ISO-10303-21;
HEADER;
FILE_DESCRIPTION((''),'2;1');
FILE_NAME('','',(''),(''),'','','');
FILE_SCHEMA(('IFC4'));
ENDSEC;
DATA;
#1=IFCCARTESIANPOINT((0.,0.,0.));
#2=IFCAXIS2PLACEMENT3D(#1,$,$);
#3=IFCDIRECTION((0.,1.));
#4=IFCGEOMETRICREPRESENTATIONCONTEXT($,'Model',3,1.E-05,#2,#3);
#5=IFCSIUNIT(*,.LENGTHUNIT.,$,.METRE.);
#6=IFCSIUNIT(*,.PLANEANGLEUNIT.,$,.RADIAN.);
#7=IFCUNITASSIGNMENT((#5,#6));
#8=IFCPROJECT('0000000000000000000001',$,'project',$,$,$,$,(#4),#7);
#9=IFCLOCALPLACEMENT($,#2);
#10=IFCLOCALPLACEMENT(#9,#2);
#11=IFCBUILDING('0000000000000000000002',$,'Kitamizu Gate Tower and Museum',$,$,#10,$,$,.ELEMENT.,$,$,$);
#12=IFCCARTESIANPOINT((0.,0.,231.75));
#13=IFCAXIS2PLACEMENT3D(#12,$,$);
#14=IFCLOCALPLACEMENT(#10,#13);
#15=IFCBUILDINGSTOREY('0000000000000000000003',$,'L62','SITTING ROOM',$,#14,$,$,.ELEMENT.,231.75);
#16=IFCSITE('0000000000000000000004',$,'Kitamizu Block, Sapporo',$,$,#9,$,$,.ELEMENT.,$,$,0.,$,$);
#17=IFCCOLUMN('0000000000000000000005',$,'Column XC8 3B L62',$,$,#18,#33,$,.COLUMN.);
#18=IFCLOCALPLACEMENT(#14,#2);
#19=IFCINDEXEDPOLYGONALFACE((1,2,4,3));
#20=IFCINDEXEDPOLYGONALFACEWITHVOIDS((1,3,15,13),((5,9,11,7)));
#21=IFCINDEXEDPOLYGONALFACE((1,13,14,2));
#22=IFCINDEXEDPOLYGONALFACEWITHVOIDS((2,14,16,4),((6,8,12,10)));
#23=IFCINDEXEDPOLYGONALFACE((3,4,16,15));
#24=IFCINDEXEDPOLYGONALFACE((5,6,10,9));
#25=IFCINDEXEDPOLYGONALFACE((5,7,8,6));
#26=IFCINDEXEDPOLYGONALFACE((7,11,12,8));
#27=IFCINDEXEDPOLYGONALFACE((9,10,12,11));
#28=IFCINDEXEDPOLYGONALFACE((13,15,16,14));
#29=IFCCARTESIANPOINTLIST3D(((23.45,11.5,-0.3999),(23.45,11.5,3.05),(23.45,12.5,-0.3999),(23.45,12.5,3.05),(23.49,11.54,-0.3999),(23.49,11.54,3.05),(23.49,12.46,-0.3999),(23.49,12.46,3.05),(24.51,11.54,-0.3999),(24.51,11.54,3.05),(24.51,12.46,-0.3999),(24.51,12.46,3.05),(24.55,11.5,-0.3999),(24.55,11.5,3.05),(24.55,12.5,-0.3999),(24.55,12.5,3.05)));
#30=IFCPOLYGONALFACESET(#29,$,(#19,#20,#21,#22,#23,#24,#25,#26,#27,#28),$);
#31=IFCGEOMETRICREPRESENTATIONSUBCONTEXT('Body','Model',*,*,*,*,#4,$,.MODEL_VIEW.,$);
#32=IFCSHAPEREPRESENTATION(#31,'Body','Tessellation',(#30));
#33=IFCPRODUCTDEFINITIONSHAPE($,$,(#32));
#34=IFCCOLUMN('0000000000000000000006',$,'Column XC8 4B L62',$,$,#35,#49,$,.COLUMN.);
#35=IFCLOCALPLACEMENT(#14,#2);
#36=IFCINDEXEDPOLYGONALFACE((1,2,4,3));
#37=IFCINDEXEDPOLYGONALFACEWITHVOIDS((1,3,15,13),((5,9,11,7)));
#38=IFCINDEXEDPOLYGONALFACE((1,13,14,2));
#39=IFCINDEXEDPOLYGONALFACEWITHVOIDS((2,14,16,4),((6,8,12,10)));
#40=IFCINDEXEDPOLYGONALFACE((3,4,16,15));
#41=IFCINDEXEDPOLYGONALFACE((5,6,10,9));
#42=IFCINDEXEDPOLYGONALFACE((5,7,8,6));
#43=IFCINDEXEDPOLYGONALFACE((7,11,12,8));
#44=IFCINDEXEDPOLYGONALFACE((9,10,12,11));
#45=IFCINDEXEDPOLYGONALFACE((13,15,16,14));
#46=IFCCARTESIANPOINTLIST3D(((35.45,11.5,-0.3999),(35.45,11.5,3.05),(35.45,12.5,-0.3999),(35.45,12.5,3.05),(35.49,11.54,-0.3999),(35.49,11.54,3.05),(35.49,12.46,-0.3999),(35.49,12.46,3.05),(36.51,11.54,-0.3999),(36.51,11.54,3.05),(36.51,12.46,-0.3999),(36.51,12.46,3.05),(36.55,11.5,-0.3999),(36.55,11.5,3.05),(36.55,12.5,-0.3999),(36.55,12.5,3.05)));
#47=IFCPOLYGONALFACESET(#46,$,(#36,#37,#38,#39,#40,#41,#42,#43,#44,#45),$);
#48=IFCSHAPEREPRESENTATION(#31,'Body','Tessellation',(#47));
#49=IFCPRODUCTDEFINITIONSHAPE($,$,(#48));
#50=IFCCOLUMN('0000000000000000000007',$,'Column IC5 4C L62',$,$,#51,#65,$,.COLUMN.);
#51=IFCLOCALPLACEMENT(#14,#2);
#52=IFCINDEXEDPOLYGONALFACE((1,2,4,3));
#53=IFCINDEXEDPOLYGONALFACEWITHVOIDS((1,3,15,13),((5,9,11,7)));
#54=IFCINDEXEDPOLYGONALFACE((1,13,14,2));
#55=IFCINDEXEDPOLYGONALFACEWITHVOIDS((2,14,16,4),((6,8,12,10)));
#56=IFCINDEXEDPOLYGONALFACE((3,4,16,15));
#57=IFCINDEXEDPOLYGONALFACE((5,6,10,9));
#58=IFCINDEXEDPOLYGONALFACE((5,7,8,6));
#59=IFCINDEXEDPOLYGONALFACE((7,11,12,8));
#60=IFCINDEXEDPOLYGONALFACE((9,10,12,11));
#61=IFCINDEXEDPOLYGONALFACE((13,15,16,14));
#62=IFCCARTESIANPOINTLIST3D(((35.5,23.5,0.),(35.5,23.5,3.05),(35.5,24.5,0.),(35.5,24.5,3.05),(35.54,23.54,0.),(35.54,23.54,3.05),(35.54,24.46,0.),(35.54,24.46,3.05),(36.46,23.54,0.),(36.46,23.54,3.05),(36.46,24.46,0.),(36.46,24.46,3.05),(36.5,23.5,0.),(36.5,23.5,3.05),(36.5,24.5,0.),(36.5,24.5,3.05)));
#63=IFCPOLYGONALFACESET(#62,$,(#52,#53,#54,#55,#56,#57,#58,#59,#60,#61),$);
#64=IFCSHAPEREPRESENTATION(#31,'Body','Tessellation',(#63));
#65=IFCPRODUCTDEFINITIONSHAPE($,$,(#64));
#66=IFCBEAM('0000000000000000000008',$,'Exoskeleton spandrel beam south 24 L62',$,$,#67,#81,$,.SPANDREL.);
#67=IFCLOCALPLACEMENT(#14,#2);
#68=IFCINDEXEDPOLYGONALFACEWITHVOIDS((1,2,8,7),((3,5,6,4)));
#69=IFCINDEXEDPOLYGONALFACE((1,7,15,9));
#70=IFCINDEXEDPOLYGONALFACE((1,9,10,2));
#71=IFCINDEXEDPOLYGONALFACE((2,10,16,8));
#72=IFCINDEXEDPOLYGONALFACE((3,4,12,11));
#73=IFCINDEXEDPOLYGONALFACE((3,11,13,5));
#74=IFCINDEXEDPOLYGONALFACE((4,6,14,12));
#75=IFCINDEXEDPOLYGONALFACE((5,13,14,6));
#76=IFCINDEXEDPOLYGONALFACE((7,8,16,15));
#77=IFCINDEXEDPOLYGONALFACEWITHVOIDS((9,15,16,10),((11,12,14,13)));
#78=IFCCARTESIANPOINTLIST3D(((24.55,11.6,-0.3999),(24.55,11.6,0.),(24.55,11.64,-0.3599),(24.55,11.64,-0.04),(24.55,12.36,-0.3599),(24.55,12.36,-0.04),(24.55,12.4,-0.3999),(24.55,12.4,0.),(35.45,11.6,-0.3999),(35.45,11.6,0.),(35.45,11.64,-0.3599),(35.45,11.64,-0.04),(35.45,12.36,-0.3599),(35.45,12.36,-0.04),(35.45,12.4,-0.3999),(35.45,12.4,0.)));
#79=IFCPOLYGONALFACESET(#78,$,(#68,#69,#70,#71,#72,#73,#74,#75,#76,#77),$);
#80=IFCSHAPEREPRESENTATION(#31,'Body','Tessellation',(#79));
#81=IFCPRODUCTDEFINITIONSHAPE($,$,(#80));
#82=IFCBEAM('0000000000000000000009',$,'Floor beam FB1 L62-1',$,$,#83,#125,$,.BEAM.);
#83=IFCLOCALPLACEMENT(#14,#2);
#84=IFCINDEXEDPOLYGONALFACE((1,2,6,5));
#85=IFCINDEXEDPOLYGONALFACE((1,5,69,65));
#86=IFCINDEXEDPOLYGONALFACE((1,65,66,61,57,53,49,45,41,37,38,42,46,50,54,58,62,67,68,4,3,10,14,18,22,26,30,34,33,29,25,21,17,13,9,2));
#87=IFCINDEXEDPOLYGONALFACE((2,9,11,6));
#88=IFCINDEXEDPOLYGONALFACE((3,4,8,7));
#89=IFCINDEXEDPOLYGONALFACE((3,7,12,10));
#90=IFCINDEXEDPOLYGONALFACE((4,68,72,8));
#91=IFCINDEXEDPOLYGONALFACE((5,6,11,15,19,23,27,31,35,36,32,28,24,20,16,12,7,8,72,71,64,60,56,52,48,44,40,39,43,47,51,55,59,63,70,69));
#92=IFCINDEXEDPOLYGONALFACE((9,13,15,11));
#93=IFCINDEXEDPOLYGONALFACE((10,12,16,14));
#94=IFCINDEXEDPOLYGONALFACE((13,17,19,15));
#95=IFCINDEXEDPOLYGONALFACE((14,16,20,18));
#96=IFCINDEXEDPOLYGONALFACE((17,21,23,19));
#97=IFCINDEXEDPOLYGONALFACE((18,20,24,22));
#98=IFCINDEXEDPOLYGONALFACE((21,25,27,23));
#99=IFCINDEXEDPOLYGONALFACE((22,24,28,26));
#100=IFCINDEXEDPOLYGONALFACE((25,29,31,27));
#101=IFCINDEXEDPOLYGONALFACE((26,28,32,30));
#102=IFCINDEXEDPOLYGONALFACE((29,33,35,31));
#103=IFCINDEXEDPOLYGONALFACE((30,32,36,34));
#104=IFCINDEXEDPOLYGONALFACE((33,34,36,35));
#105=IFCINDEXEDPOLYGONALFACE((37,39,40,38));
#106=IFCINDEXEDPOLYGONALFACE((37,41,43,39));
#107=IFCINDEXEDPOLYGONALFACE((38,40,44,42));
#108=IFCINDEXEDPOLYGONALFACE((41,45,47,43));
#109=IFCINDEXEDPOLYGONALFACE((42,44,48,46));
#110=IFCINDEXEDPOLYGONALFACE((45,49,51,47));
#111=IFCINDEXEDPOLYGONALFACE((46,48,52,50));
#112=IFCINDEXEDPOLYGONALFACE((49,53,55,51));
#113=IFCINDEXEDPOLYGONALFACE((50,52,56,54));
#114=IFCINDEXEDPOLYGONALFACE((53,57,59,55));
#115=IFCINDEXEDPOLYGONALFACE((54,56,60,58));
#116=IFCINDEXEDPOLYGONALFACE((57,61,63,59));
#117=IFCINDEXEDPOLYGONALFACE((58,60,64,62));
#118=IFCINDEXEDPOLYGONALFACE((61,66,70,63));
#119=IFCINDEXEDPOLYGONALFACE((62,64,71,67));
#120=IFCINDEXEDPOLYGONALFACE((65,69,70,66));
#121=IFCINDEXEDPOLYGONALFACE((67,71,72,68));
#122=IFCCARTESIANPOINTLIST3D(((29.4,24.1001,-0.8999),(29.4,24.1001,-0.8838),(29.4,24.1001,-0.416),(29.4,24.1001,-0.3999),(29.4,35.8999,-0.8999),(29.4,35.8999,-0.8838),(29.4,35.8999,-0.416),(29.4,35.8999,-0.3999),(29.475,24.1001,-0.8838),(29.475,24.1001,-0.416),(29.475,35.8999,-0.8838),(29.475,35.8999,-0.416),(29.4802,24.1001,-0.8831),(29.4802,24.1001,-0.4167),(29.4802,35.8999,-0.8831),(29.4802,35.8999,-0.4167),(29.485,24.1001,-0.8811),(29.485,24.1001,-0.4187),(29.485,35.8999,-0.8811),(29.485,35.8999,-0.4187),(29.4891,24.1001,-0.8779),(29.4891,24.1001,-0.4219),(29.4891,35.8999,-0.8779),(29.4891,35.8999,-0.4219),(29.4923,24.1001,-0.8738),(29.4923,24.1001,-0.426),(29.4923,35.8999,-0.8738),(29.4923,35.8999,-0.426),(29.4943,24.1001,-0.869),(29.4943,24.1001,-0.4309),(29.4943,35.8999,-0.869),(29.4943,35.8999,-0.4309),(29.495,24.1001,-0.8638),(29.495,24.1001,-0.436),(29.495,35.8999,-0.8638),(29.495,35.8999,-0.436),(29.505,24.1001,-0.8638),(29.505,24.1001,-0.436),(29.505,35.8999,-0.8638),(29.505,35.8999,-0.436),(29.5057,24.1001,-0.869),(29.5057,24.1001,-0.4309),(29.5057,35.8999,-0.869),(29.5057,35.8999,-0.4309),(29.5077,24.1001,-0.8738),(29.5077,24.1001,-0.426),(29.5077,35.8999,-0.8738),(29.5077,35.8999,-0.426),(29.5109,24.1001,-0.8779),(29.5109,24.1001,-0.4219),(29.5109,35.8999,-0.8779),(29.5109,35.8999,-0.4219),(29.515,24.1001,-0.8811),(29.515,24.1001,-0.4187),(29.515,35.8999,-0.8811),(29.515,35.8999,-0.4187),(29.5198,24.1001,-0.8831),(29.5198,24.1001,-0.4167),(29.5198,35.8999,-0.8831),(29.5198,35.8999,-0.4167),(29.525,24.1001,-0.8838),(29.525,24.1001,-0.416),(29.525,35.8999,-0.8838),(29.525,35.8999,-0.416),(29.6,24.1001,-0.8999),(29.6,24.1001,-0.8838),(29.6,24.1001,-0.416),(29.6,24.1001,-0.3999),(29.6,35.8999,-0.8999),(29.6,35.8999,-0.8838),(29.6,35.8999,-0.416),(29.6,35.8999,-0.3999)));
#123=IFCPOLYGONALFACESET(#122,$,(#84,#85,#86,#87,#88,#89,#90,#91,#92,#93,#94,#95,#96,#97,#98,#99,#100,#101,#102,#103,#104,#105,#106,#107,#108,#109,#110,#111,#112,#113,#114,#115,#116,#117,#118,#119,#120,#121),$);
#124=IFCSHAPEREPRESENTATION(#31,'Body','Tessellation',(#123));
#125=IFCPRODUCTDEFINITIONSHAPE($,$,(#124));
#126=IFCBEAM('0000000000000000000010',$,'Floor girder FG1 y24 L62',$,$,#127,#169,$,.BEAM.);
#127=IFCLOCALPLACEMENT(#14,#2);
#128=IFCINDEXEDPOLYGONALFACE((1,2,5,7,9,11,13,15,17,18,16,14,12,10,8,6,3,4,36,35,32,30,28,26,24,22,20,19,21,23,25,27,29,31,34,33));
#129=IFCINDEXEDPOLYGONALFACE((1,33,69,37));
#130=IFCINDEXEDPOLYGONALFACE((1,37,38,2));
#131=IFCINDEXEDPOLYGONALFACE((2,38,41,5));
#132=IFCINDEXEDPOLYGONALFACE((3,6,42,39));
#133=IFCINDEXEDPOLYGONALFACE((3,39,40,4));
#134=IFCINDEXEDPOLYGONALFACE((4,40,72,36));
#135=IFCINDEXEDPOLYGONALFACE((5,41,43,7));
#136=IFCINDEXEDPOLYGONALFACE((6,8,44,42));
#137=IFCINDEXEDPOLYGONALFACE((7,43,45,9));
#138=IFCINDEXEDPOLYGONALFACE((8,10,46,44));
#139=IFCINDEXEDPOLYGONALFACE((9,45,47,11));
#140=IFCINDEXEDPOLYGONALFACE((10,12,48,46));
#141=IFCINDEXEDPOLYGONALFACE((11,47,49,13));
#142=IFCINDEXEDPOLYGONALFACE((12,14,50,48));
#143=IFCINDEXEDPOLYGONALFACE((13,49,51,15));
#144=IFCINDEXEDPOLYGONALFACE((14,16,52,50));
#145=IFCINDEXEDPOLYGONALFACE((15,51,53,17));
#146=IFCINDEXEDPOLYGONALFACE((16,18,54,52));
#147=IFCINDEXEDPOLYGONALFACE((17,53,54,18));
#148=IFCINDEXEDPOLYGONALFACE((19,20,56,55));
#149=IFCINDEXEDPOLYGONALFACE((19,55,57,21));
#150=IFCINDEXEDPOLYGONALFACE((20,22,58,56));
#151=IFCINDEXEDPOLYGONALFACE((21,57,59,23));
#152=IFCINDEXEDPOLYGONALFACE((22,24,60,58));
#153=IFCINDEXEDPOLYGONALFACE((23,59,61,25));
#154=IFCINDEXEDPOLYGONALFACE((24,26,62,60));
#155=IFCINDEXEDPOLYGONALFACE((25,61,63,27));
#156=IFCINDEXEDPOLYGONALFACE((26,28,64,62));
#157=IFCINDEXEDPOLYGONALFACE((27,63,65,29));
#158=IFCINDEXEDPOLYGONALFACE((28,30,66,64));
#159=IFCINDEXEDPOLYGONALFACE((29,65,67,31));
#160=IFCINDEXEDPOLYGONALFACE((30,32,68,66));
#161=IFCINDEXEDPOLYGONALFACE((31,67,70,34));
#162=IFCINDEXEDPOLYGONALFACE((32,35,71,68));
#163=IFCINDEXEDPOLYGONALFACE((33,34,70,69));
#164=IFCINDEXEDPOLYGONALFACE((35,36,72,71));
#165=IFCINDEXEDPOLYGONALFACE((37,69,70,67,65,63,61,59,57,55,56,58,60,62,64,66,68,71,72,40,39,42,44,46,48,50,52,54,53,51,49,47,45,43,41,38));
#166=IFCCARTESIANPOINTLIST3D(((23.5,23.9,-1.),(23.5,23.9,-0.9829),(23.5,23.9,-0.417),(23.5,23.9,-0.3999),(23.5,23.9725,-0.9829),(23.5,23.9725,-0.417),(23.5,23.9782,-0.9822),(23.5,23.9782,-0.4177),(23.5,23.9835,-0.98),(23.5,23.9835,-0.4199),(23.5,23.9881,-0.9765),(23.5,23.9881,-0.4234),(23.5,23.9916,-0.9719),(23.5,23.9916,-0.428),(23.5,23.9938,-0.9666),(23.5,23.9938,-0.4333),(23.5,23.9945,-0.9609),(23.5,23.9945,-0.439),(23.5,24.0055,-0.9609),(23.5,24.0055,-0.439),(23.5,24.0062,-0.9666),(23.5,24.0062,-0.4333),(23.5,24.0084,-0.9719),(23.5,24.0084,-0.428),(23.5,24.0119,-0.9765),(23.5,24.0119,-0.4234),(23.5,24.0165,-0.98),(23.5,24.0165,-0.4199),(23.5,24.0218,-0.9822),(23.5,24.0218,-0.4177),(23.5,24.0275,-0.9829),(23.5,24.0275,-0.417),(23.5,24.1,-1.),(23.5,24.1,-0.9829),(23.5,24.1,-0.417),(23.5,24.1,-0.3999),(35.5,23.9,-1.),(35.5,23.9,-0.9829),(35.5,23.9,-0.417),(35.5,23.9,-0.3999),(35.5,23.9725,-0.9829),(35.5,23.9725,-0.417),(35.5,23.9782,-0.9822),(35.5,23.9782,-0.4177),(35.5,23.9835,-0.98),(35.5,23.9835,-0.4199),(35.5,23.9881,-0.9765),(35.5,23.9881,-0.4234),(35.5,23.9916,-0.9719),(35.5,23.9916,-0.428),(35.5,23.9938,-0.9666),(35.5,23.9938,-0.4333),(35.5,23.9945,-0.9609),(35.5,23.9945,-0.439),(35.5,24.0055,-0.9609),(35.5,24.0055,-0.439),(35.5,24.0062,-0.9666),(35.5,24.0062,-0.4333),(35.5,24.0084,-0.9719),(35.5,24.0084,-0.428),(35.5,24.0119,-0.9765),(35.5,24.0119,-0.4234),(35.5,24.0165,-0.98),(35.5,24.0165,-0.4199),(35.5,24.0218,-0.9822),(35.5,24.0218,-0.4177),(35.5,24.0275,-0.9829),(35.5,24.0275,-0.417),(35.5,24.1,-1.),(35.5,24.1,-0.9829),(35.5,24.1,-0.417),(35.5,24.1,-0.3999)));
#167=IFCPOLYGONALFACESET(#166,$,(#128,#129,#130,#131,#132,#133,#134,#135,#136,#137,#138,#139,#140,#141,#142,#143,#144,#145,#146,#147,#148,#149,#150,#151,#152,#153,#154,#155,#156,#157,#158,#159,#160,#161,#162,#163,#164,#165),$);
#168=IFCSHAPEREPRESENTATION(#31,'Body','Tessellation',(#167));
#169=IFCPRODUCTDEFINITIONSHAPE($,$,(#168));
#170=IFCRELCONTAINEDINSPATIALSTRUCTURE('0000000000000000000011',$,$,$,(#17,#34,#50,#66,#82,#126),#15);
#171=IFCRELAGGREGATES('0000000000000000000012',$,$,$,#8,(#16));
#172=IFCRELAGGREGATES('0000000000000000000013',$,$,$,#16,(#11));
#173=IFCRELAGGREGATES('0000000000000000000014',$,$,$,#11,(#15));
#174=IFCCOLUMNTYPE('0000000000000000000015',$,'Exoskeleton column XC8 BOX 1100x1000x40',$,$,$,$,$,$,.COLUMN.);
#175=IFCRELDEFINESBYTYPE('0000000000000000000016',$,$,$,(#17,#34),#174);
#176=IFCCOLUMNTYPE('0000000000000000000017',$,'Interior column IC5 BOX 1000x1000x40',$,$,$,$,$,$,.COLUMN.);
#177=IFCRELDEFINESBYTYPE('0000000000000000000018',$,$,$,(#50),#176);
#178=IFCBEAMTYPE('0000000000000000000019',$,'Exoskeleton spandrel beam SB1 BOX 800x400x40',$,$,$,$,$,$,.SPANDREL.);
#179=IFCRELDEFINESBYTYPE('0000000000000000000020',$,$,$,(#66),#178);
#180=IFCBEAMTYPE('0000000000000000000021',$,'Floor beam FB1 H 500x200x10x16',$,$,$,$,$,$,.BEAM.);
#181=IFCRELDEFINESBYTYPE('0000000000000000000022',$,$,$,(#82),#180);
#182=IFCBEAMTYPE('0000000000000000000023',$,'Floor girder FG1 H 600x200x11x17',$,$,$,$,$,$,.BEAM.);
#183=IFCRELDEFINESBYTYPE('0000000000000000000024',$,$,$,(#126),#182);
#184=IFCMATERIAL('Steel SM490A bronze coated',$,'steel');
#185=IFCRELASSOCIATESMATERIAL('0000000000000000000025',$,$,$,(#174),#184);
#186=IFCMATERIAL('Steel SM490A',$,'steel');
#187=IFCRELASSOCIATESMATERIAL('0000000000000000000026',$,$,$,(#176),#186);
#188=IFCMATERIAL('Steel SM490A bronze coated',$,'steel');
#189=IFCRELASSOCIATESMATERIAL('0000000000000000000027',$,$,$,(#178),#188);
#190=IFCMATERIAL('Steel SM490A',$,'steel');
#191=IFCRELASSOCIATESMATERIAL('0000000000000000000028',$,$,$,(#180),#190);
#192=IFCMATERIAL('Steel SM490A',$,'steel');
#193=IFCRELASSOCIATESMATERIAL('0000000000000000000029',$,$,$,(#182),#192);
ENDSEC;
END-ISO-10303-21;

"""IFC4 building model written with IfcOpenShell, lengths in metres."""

from ifc_helpers import new_model, si_unit, direction, frame, origin, origin_2d, place, context, subcontext, project, spatial, hollow_rectangle, i_section, extrude, material, material_profile, profile_set, type_object, element, save


model = new_model("IFC4")

# Units and contexts
model_context = context("Model", 3, precision=1e-05, world=origin(), true_north=direction((0.0, 1.0)))
body_context = subcontext(model_context, "Body", "Model", "MODEL_VIEW")
ifc_project = project(units=[si_unit("LENGTHUNIT", "METRE"), si_unit("PLANEANGLEUNIT", "RADIAN")], contexts=[model_context])

# Site, building, storey
site_placement = place(None, origin())
site = spatial("IfcSite", under=ifc_project, at=site_placement, Name="Kitamizu Block, Sapporo", CompositionType="ELEMENT", RefElevation=0.0)
building_placement = place(site_placement, origin())
building = spatial("IfcBuilding", under=site, at=building_placement, Name="Kitamizu Gate Tower and Museum", CompositionType="ELEMENT")
storey_placement = place(building_placement, frame((0.0, 0.0, 231.75)))
storey = spatial("IfcBuildingStorey", under=building, at=storey_placement, Name="L62", Description="SITTING ROOM", CompositionType="ELEMENT", Elevation=231.75)

# Columns
ifc_material_1 = material(Name="Steel SM490A bronze coated", Category="steel")
ifc_material_profile_1 = material_profile(ifc_material_1, hollow_rectangle(XDim=1.1001, YDim=1.0, WallThickness=0.04, at=origin_2d()), Name="BOX 1100x1000x40")
ifc_profile_set_1 = profile_set([ifc_material_profile_1], Name="Steel SM490A bronze coated")
column_type_1 = type_object("IfcColumnType", Name="Exoskeleton column XC8 BOX 1100x1000x40", PredefinedType="COLUMN", material=ifc_profile_set_1)
for number, where, z_axis, x_axis, name in (
    (1, (24.0, 12.0, -0.3999), (0.0, 0.0, 1.0), (1.0, 0.0, 0.0), "Column XC8 3B L62"),
    (2, (36.0, 12.0, -0.3999), (0.0, 0.0, 1.0), (1.0, 0.0, 0.0), "Column XC8 4B L62"),
):
    element("IfcColumn", number, at=place(storey_placement, frame(where, z_axis=z_axis, x_axis=x_axis)), inside=storey, type_object=column_type_1, Name=name, PredefinedType="COLUMN", context=body_context, shape_type="SweptSolid", body=[
        extrude(hollow_rectangle(XDim=1.1001, YDim=1.0, WallThickness=0.04, at=origin_2d()), origin(), (0.0, 0.0, 1.0), 3.45),
    ])
ifc_material_2 = material(Name="Steel SM490A", Category="steel")
ifc_material_profile_2 = material_profile(ifc_material_2, hollow_rectangle(XDim=1.0, YDim=1.0, WallThickness=0.04, at=origin_2d()), Name="BOX 1000x1000x40")
ifc_profile_set_2 = profile_set([ifc_material_profile_2], Name="Steel SM490A")
column_type_2 = type_object("IfcColumnType", Name="Interior column IC5 BOX 1000x1000x40", PredefinedType="COLUMN", material=ifc_profile_set_2)
column_placement = place(storey_placement, frame((36.0, 24.0, 0.0), z_axis=(0.0, 0.0, 1.0), x_axis=(1.0, 0.0, 0.0)))
element("IfcColumn", 3, at=column_placement, inside=storey, type_object=column_type_2, Name="Column IC5 4C L62", PredefinedType="COLUMN", context=body_context, shape_type="SweptSolid", body=[
    extrude(hollow_rectangle(XDim=1.0, YDim=1.0, WallThickness=0.04, at=origin_2d()), origin(), (0.0, 0.0, 1.0), 3.05),
])

# Beams
ifc_material_3 = material(Name="Steel SM490A bronze coated", Category="steel")
ifc_material_profile_3 = material_profile(ifc_material_3, hollow_rectangle(XDim=0.8, YDim=0.3999, WallThickness=0.04, at=origin_2d()), Name="BOX 800x400x40")
ifc_profile_set_3 = profile_set([ifc_material_profile_3], Name="Steel SM490A bronze coated")
beam_type_1 = type_object("IfcBeamType", Name="Exoskeleton spandrel beam SB1 BOX 800x400x40", PredefinedType="SPANDREL", material=ifc_profile_set_3)
beam_1_placement = place(storey_placement, frame((24.55, 12.0, -0.2), z_axis=(1.0, 0.0, 0.0), x_axis=(0.0, 1.0, 0.0)))
element("IfcBeam", 4, at=beam_1_placement, inside=storey, type_object=beam_type_1, Name="Exoskeleton spandrel beam south 24 L62", PredefinedType="SPANDREL", context=body_context, shape_type="SweptSolid", body=[
    extrude(hollow_rectangle(XDim=0.8, YDim=0.3999, WallThickness=0.04, at=origin_2d()), origin(), (0.0, 0.0, 1.0), 10.8999),
])
ifc_material_4 = material(Name="Steel SM490A", Category="steel")
ifc_material_profile_4 = material_profile(ifc_material_4, i_section(OverallWidth=0.2, OverallDepth=0.5, WebThickness=0.01, FlangeThickness=0.0161, FilletRadius=0.02, at=origin_2d()), Name="H-500x200x10x16")
ifc_profile_set_4 = profile_set([ifc_material_profile_4], Name="Steel SM490A")
beam_type_2 = type_object("IfcBeamType", Name="Floor beam FB1 H 500x200x10x16", PredefinedType="BEAM", material=ifc_profile_set_4)
beam_2_placement = place(storey_placement, frame((29.5, 24.1001, -0.6499), z_axis=(0.0, 1.0, 0.0), x_axis=(-1.0, 0.0, 0.0)))
element("IfcBeam", 5, at=beam_2_placement, inside=storey, type_object=beam_type_2, Name="Floor beam FB1 L62-1", PredefinedType="BEAM", context=body_context, shape_type="SweptSolid", body=[
    extrude(i_section(OverallWidth=0.2, OverallDepth=0.5, WebThickness=0.01, FlangeThickness=0.0161, FilletRadius=0.02, at=origin_2d()), origin(), (0.0, 0.0, 1.0), 11.7998),
])
ifc_material_5 = material(Name="Steel SM490A", Category="steel")
ifc_material_profile_5 = material_profile(ifc_material_5, i_section(OverallWidth=0.2, OverallDepth=0.6001, WebThickness=0.011, FlangeThickness=0.0171, FilletRadius=0.022, at=origin_2d()), Name="H-600x200x11x17")
ifc_profile_set_5 = profile_set([ifc_material_profile_5], Name="Steel SM490A")
beam_type_3 = type_object("IfcBeamType", Name="Floor girder FG1 H 600x200x11x17", PredefinedType="BEAM", material=ifc_profile_set_5)
beam_3_placement = place(storey_placement, frame((23.5, 24.0, -0.7), z_axis=(1.0, 0.0, 0.0), x_axis=(0.0, 1.0, 0.0)))
element("IfcBeam", 6, at=beam_3_placement, inside=storey, type_object=beam_type_3, Name="Floor girder FG1 y24 L62", PredefinedType="BEAM", context=body_context, shape_type="SweptSolid", body=[
    extrude(i_section(OverallWidth=0.2, OverallDepth=0.6001, WebThickness=0.011, FlangeThickness=0.0171, FilletRadius=0.022, at=origin_2d()), origin(), (0.0, 0.0, 1.0), 12.0),
])

save(model, "model.ifc")
